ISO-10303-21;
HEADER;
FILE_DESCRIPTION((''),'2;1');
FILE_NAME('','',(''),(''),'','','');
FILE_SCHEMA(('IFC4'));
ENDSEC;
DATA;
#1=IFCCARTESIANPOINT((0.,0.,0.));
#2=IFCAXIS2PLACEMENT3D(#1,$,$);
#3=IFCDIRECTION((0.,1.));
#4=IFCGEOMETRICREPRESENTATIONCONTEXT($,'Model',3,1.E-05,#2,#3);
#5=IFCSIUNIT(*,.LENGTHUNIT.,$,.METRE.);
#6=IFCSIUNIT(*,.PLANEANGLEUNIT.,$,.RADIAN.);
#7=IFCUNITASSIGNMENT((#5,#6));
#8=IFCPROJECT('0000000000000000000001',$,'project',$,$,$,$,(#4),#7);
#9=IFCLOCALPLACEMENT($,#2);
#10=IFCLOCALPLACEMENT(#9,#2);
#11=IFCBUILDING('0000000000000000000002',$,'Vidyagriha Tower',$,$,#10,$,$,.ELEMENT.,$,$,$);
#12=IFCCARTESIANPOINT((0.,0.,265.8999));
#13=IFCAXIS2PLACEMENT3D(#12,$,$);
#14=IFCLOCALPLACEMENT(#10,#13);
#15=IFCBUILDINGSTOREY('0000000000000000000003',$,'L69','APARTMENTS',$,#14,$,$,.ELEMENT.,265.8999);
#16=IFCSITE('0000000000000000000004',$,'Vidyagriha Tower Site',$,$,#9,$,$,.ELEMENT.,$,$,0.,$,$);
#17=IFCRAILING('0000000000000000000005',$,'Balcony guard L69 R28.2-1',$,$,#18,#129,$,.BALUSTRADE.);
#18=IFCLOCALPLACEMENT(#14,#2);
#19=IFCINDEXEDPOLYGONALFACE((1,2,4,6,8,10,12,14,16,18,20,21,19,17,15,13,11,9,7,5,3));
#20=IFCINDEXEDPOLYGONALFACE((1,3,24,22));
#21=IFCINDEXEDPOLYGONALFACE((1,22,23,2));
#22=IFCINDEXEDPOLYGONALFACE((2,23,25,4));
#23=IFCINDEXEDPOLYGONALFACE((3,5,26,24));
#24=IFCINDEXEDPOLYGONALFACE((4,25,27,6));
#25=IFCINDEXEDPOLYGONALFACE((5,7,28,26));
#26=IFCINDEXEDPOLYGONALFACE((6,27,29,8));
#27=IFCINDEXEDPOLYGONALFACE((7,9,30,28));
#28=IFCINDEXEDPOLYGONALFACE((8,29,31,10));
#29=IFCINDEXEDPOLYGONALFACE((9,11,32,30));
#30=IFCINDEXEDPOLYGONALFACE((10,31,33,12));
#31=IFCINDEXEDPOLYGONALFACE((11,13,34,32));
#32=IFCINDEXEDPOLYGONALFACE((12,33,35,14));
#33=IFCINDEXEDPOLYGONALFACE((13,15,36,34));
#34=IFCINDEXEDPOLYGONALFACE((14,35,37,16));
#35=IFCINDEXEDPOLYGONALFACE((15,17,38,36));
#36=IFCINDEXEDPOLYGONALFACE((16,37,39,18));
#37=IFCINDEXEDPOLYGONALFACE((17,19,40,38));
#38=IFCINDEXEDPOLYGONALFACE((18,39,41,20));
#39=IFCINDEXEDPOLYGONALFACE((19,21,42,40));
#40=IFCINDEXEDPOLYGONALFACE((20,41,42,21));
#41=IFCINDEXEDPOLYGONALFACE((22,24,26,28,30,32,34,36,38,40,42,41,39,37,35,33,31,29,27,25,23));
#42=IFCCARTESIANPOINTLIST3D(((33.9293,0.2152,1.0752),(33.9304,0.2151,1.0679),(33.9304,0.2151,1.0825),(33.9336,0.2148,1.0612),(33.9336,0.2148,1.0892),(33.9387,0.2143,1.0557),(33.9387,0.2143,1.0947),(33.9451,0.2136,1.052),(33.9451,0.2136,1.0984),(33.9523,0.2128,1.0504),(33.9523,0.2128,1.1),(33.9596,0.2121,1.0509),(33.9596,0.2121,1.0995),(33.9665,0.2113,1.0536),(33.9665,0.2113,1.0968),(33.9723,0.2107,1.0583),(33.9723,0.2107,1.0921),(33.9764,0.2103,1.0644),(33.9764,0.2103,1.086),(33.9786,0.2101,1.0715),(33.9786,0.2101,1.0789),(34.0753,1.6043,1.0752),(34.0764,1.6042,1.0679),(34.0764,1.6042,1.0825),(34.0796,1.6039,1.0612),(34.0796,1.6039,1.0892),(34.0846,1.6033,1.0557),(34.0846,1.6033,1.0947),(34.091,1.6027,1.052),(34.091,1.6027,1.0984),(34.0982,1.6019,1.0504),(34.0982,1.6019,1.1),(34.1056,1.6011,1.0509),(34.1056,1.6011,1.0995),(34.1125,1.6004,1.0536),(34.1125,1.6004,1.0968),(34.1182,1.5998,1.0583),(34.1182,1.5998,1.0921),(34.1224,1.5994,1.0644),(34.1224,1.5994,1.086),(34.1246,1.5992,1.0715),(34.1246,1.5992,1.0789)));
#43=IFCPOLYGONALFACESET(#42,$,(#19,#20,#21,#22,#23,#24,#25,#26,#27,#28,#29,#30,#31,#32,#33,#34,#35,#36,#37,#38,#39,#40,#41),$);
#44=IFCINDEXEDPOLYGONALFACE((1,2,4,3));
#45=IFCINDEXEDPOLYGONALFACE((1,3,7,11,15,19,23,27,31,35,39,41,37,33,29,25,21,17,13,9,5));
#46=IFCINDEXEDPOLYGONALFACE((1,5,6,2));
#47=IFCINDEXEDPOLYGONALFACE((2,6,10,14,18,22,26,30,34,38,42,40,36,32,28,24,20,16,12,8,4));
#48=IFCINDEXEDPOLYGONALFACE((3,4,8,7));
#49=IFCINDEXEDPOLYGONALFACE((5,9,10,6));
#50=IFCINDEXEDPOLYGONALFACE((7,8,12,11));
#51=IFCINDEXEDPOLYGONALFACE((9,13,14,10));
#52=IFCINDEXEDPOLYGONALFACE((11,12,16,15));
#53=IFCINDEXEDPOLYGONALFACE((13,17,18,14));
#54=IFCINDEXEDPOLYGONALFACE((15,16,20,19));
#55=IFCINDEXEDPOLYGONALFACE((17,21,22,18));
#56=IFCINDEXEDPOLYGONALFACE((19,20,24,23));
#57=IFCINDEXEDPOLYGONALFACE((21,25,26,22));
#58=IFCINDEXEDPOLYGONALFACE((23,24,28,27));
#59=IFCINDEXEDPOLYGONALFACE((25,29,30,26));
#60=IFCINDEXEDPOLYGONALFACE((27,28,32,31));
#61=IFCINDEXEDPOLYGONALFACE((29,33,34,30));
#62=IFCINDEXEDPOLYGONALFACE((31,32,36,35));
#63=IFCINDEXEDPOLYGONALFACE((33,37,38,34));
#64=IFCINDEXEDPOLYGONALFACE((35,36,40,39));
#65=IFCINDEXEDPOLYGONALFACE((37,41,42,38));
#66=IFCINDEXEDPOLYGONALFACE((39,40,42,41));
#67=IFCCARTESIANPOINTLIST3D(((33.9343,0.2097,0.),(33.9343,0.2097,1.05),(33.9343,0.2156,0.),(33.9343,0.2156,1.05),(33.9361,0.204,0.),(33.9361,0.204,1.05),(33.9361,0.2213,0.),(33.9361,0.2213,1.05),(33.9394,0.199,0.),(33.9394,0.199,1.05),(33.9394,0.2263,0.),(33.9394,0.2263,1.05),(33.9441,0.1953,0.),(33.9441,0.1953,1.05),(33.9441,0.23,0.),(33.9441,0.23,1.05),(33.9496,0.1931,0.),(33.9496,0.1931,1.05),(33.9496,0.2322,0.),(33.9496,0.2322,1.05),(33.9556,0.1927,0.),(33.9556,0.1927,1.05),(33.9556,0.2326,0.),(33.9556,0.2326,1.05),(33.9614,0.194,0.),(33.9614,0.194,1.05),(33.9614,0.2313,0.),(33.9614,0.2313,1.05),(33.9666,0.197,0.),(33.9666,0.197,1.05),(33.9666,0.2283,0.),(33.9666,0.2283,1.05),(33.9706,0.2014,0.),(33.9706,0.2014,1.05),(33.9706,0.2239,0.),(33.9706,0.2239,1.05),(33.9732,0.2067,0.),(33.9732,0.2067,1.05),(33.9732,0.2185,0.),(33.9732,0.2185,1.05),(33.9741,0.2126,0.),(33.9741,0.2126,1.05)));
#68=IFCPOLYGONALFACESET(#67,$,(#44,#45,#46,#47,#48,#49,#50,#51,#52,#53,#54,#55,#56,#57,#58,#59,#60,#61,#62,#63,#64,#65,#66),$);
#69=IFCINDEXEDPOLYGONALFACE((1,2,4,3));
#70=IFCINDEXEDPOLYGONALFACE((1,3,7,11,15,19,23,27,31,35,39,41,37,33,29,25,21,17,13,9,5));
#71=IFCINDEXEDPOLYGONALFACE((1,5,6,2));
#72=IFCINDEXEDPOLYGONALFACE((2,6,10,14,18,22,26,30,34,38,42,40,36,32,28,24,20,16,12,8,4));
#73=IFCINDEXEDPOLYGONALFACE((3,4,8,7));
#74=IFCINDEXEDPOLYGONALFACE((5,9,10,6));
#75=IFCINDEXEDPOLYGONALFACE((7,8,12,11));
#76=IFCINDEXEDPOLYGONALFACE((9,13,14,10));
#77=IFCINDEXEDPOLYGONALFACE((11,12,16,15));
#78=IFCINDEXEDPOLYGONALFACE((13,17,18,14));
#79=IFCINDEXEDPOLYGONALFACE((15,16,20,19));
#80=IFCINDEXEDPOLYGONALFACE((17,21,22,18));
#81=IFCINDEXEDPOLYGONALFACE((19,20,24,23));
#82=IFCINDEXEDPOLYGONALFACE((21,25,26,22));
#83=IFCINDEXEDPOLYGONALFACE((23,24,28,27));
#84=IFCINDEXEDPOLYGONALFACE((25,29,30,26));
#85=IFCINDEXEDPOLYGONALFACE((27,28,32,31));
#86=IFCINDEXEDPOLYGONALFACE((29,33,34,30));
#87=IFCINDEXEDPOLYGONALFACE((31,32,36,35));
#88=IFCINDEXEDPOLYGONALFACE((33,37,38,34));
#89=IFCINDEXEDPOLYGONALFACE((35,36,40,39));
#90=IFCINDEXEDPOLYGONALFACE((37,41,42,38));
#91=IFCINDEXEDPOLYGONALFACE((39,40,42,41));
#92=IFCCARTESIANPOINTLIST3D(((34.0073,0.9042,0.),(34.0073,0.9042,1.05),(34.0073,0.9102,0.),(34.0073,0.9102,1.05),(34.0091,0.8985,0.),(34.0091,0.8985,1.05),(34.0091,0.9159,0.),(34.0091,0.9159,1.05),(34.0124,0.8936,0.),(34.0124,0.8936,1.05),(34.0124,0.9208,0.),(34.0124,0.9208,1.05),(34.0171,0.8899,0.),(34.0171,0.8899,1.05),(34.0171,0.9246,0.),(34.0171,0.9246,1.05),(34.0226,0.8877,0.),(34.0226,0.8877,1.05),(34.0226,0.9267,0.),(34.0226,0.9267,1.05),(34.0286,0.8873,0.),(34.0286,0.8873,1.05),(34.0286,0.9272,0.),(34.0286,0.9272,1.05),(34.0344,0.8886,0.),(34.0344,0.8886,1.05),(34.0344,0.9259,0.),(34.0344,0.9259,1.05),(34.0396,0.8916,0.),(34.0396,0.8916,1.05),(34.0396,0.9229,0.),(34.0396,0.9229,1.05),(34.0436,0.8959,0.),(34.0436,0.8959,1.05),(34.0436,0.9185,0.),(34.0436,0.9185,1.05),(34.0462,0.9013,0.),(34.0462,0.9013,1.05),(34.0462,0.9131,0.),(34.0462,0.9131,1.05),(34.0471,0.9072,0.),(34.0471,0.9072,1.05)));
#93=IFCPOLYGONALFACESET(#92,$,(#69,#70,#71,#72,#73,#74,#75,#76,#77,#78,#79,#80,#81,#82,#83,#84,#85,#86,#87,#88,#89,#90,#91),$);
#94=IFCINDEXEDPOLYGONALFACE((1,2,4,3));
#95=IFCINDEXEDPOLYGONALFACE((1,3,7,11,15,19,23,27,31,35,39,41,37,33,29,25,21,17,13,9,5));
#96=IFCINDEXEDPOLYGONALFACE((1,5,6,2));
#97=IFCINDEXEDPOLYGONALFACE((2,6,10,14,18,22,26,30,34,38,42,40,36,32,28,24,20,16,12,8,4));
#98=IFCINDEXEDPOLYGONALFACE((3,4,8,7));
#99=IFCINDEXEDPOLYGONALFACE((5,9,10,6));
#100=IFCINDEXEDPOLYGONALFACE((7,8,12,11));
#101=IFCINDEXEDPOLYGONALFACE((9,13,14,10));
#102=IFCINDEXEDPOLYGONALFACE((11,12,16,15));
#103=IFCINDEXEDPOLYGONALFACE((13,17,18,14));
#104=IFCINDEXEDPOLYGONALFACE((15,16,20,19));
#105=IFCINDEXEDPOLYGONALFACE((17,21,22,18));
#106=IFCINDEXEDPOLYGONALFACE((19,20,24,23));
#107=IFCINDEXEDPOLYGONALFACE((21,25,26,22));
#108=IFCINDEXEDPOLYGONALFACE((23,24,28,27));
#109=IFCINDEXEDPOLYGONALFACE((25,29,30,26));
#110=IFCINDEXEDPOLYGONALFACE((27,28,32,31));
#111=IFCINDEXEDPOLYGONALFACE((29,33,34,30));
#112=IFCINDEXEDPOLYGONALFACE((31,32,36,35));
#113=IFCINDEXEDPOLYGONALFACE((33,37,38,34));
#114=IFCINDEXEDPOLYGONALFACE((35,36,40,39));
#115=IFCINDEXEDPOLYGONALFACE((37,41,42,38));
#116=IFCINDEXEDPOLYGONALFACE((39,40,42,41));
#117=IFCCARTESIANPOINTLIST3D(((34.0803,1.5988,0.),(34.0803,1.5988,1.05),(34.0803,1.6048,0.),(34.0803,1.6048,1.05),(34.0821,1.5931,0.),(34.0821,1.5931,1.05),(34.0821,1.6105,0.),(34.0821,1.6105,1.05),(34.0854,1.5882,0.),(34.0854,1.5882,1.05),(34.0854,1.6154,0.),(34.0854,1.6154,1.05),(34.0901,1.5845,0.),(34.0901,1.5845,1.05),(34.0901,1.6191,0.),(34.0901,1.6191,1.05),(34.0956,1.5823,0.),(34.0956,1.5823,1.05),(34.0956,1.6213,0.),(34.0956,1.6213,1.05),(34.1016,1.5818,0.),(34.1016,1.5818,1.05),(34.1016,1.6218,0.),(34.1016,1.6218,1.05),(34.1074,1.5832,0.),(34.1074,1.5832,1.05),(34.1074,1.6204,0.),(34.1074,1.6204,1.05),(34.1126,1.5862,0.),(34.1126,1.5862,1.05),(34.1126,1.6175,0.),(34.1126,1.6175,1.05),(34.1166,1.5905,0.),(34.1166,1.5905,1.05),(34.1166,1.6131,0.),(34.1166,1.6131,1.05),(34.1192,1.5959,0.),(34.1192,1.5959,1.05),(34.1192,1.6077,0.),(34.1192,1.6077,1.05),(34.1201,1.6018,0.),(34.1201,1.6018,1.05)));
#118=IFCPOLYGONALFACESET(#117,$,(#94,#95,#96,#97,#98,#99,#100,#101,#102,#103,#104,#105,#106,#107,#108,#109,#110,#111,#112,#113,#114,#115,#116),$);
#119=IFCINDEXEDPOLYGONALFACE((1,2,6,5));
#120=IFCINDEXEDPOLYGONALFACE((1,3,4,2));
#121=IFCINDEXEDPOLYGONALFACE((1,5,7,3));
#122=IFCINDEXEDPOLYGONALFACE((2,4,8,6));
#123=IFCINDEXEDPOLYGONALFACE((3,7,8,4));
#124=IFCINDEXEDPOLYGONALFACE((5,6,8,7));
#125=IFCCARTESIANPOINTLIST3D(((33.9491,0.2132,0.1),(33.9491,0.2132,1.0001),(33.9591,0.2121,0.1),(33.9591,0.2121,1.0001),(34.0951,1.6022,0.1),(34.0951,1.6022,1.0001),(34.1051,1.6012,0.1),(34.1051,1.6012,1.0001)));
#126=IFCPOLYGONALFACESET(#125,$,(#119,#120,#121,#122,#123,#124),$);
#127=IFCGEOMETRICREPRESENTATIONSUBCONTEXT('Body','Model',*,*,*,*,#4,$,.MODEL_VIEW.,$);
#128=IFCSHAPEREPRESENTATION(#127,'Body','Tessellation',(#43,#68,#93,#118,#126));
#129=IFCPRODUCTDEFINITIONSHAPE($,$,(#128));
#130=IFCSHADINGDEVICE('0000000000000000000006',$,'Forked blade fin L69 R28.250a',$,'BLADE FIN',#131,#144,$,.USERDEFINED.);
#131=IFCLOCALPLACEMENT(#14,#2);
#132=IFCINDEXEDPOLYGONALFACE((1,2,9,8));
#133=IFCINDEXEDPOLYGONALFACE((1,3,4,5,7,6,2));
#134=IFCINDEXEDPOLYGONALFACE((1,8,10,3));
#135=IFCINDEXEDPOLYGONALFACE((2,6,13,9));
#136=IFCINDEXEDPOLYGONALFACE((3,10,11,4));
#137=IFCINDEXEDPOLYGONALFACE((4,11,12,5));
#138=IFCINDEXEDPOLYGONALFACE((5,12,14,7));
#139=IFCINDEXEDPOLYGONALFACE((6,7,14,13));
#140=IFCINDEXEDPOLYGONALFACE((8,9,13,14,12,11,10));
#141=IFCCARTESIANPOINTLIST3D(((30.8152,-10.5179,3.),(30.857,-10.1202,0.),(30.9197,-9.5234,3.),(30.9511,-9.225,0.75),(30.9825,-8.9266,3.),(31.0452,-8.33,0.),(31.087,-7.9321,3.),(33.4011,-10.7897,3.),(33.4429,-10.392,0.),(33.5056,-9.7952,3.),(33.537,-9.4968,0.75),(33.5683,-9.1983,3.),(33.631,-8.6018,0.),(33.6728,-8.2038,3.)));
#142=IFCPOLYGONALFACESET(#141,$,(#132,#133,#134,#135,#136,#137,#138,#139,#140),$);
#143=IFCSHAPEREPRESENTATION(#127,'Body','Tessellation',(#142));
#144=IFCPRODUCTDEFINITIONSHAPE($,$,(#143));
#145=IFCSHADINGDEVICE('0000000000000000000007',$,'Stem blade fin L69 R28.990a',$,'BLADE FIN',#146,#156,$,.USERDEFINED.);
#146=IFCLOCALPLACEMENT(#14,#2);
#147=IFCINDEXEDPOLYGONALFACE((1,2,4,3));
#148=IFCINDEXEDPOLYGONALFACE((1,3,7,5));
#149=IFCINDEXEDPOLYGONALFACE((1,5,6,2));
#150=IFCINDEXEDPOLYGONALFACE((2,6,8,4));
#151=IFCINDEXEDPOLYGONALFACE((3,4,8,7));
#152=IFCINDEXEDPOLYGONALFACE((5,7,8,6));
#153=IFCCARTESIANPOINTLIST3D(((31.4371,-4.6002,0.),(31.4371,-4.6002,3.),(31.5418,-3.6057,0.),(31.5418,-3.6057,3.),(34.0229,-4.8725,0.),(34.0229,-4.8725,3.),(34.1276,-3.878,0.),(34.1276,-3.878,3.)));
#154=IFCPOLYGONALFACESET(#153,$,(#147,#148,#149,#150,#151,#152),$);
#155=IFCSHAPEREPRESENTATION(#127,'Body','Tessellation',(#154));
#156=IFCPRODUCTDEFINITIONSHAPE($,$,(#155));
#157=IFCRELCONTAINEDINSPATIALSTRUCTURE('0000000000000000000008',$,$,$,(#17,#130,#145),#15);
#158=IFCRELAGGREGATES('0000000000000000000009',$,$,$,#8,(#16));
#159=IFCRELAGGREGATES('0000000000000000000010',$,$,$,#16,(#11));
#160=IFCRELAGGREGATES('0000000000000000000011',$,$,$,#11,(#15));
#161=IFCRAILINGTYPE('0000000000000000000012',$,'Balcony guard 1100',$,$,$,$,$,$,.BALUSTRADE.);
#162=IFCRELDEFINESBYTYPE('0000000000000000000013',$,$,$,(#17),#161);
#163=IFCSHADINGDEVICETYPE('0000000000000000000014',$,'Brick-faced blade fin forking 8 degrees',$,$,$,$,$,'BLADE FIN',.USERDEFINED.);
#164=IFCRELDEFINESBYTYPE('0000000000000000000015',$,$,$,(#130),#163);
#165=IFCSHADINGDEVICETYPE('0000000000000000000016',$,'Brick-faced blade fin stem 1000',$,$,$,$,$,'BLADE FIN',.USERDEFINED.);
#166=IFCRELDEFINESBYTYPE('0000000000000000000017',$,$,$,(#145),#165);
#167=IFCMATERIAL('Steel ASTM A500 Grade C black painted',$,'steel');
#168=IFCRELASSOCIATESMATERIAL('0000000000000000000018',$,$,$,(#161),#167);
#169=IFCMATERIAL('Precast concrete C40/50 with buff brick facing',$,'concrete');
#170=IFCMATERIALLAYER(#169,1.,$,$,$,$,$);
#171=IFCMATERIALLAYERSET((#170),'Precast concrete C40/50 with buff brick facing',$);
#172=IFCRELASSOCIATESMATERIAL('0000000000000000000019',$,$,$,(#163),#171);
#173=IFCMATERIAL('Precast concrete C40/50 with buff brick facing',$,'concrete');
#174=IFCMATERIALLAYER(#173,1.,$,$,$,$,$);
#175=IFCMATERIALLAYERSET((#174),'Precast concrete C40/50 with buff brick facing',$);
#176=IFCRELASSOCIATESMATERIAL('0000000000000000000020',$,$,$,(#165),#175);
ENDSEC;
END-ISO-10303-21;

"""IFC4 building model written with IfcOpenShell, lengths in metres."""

from ifc_helpers import new_model, si_unit, direction, frame, origin, origin_2d, place, context, subcontext, project, spatial, polyline, rectangle, circle, outline, extrude, material, layer, layer_set, type_object, element, save


model = new_model("IFC4")

# Units and contexts
model_context = context("Model", 3, precision=1e-05, world=origin(), true_north=direction((0.0, 1.0)))
body_context = subcontext(model_context, "Body", "Model", "MODEL_VIEW")
ifc_project = project(units=[si_unit("LENGTHUNIT", "METRE"), si_unit("PLANEANGLEUNIT", "RADIAN")], contexts=[model_context])

# Site, building, storey
site_placement = place(None, origin())
site = spatial("IfcSite", under=ifc_project, at=site_placement, Name="Vidyagriha Tower Site", CompositionType="ELEMENT", RefElevation=0.0)
building_placement = place(site_placement, origin())
building = spatial("IfcBuilding", under=site, at=building_placement, Name="Vidyagriha Tower", CompositionType="ELEMENT")
storey_placement = place(building_placement, frame((0.0, 0.0, 265.8999)))
storey = spatial("IfcBuildingStorey", under=building, at=storey_placement, Name="L69", Description="APARTMENTS", CompositionType="ELEMENT", Elevation=265.8999)

# Railing
ifc_material_1 = material(Name="Steel ASTM A500 Grade C black painted", Category="steel")
railing_type_1 = type_object("IfcRailingType", Name="Balcony guard 1100", PredefinedType="BALUSTRADE", material=ifc_material_1)
railing_1_placement = place(storey_placement, frame((33.9541, 0.2126, 0.0)))
element("IfcRailing", 1, at=railing_1_placement, inside=storey, type_object=railing_type_1, Name="Balcony guard L69 R28.2-1", PredefinedType="BALUSTRADE", context=body_context, shape_type="SweptSolid", body=[
    extrude(circle(Radius=0.0249, at=origin_2d()), frame((0.0, 0.0, 1.0752), z_axis=(0.104521, 0.994523, 0.0), x_axis=(-0.994523, 0.104521, 0.0)), (0.0, 0.0, 1.0), 1.3967),
    extrude(circle(Radius=0.02, at=origin_2d()), origin(), (0.0, 0.0, 1.0), 1.05),
    extrude(circle(Radius=0.02, at=origin_2d()), frame((0.073, 0.6946, 0.0)), (0.0, 0.0, 1.0), 1.05),
    extrude(circle(Radius=0.02, at=origin_2d()), frame((0.146, 1.3892, 0.0)), (0.0, 0.0, 1.0), 1.05),
    extrude(rectangle(XDim=0.01, YDim=0.9001, at=origin_2d()), frame((0.0, 0.0, 0.55), z_axis=(0.104521, 0.994523, 0.0), x_axis=(-0.994523, 0.104521, 0.0)), (0.0, 0.0, 1.0), 1.3967),
])

# Shading devices
ifc_material_2 = material(Name="Precast concrete C40/50 with buff brick facing", Category="concrete")
ifc_layer_1 = layer(ifc_material_2, 1.0)
ifc_layer_set_1 = layer_set([ifc_layer_1], Name="Precast concrete C40/50 with buff brick facing")
shading_device_type_1 = type_object("IfcShadingDeviceType", Name="Brick-faced blade fin forking 8 degrees", ElementType="BLADE FIN", PredefinedType="USERDEFINED", material=ifc_layer_set_1)
shading_device_1_placement = place(storey_placement, frame((32.1082, -10.6538, 0.0), z_axis=(0.0, 0.0, 1.0), x_axis=(0.104514, 0.994523, 0.0)))
element("IfcShadingDevice", 2, at=shading_device_1_placement, inside=storey, type_object=shading_device_type_1, Name="Forked blade fin L69 R28.250a", ObjectType="BLADE FIN", PredefinedType="USERDEFINED", context=body_context, shape_type="SweptSolid", body=[
    extrude(outline(polyline([(0.3999, 0.0), (2.2, 0.0), (2.6001, 3.0), (1.6001, 3.0), (1.3, 0.75), (1.0, 3.0), (0.0, 3.0), (0.3999, 0.0)])), frame((0.0, 1.3, 0.0), z_axis=(0.0, -1.0, 0.0), x_axis=(1.0, 0.0, 0.0)), (0.0, 0.0, 1.0), 2.6001),
])
ifc_material_3 = material(Name="Precast concrete C40/50 with buff brick facing", Category="concrete")
ifc_layer_2 = layer(ifc_material_3, 1.0)
ifc_layer_set_2 = layer_set([ifc_layer_2], Name="Precast concrete C40/50 with buff brick facing")
shading_device_type_2 = type_object("IfcShadingDeviceType", Name="Brick-faced blade fin stem 1000", ElementType="BLADE FIN", PredefinedType="USERDEFINED", material=ifc_layer_set_2)
shading_device_2_placement = place(storey_placement, frame((32.73, -4.7363, 0.0), z_axis=(0.0, 0.0, 1.0), x_axis=(0.104748, 0.994499, 0.0)))
element("IfcShadingDevice", 3, at=shading_device_2_placement, inside=storey, type_object=shading_device_type_2, Name="Stem blade fin L69 R28.990a", ObjectType="BLADE FIN", PredefinedType="USERDEFINED", context=body_context, shape_type="SweptSolid", body=[
    extrude(outline(polyline([(0.0, 0.0), (1.0, 0.0), (1.0, 3.0), (0.0, 3.0), (0.0, 0.0)])), frame((0.0, 1.3, 0.0), z_axis=(0.0, -1.0, 0.0), x_axis=(1.0, 0.0, 0.0)), (0.0, 0.0, 1.0), 2.6001),
])

save(model, "model.ifc")
